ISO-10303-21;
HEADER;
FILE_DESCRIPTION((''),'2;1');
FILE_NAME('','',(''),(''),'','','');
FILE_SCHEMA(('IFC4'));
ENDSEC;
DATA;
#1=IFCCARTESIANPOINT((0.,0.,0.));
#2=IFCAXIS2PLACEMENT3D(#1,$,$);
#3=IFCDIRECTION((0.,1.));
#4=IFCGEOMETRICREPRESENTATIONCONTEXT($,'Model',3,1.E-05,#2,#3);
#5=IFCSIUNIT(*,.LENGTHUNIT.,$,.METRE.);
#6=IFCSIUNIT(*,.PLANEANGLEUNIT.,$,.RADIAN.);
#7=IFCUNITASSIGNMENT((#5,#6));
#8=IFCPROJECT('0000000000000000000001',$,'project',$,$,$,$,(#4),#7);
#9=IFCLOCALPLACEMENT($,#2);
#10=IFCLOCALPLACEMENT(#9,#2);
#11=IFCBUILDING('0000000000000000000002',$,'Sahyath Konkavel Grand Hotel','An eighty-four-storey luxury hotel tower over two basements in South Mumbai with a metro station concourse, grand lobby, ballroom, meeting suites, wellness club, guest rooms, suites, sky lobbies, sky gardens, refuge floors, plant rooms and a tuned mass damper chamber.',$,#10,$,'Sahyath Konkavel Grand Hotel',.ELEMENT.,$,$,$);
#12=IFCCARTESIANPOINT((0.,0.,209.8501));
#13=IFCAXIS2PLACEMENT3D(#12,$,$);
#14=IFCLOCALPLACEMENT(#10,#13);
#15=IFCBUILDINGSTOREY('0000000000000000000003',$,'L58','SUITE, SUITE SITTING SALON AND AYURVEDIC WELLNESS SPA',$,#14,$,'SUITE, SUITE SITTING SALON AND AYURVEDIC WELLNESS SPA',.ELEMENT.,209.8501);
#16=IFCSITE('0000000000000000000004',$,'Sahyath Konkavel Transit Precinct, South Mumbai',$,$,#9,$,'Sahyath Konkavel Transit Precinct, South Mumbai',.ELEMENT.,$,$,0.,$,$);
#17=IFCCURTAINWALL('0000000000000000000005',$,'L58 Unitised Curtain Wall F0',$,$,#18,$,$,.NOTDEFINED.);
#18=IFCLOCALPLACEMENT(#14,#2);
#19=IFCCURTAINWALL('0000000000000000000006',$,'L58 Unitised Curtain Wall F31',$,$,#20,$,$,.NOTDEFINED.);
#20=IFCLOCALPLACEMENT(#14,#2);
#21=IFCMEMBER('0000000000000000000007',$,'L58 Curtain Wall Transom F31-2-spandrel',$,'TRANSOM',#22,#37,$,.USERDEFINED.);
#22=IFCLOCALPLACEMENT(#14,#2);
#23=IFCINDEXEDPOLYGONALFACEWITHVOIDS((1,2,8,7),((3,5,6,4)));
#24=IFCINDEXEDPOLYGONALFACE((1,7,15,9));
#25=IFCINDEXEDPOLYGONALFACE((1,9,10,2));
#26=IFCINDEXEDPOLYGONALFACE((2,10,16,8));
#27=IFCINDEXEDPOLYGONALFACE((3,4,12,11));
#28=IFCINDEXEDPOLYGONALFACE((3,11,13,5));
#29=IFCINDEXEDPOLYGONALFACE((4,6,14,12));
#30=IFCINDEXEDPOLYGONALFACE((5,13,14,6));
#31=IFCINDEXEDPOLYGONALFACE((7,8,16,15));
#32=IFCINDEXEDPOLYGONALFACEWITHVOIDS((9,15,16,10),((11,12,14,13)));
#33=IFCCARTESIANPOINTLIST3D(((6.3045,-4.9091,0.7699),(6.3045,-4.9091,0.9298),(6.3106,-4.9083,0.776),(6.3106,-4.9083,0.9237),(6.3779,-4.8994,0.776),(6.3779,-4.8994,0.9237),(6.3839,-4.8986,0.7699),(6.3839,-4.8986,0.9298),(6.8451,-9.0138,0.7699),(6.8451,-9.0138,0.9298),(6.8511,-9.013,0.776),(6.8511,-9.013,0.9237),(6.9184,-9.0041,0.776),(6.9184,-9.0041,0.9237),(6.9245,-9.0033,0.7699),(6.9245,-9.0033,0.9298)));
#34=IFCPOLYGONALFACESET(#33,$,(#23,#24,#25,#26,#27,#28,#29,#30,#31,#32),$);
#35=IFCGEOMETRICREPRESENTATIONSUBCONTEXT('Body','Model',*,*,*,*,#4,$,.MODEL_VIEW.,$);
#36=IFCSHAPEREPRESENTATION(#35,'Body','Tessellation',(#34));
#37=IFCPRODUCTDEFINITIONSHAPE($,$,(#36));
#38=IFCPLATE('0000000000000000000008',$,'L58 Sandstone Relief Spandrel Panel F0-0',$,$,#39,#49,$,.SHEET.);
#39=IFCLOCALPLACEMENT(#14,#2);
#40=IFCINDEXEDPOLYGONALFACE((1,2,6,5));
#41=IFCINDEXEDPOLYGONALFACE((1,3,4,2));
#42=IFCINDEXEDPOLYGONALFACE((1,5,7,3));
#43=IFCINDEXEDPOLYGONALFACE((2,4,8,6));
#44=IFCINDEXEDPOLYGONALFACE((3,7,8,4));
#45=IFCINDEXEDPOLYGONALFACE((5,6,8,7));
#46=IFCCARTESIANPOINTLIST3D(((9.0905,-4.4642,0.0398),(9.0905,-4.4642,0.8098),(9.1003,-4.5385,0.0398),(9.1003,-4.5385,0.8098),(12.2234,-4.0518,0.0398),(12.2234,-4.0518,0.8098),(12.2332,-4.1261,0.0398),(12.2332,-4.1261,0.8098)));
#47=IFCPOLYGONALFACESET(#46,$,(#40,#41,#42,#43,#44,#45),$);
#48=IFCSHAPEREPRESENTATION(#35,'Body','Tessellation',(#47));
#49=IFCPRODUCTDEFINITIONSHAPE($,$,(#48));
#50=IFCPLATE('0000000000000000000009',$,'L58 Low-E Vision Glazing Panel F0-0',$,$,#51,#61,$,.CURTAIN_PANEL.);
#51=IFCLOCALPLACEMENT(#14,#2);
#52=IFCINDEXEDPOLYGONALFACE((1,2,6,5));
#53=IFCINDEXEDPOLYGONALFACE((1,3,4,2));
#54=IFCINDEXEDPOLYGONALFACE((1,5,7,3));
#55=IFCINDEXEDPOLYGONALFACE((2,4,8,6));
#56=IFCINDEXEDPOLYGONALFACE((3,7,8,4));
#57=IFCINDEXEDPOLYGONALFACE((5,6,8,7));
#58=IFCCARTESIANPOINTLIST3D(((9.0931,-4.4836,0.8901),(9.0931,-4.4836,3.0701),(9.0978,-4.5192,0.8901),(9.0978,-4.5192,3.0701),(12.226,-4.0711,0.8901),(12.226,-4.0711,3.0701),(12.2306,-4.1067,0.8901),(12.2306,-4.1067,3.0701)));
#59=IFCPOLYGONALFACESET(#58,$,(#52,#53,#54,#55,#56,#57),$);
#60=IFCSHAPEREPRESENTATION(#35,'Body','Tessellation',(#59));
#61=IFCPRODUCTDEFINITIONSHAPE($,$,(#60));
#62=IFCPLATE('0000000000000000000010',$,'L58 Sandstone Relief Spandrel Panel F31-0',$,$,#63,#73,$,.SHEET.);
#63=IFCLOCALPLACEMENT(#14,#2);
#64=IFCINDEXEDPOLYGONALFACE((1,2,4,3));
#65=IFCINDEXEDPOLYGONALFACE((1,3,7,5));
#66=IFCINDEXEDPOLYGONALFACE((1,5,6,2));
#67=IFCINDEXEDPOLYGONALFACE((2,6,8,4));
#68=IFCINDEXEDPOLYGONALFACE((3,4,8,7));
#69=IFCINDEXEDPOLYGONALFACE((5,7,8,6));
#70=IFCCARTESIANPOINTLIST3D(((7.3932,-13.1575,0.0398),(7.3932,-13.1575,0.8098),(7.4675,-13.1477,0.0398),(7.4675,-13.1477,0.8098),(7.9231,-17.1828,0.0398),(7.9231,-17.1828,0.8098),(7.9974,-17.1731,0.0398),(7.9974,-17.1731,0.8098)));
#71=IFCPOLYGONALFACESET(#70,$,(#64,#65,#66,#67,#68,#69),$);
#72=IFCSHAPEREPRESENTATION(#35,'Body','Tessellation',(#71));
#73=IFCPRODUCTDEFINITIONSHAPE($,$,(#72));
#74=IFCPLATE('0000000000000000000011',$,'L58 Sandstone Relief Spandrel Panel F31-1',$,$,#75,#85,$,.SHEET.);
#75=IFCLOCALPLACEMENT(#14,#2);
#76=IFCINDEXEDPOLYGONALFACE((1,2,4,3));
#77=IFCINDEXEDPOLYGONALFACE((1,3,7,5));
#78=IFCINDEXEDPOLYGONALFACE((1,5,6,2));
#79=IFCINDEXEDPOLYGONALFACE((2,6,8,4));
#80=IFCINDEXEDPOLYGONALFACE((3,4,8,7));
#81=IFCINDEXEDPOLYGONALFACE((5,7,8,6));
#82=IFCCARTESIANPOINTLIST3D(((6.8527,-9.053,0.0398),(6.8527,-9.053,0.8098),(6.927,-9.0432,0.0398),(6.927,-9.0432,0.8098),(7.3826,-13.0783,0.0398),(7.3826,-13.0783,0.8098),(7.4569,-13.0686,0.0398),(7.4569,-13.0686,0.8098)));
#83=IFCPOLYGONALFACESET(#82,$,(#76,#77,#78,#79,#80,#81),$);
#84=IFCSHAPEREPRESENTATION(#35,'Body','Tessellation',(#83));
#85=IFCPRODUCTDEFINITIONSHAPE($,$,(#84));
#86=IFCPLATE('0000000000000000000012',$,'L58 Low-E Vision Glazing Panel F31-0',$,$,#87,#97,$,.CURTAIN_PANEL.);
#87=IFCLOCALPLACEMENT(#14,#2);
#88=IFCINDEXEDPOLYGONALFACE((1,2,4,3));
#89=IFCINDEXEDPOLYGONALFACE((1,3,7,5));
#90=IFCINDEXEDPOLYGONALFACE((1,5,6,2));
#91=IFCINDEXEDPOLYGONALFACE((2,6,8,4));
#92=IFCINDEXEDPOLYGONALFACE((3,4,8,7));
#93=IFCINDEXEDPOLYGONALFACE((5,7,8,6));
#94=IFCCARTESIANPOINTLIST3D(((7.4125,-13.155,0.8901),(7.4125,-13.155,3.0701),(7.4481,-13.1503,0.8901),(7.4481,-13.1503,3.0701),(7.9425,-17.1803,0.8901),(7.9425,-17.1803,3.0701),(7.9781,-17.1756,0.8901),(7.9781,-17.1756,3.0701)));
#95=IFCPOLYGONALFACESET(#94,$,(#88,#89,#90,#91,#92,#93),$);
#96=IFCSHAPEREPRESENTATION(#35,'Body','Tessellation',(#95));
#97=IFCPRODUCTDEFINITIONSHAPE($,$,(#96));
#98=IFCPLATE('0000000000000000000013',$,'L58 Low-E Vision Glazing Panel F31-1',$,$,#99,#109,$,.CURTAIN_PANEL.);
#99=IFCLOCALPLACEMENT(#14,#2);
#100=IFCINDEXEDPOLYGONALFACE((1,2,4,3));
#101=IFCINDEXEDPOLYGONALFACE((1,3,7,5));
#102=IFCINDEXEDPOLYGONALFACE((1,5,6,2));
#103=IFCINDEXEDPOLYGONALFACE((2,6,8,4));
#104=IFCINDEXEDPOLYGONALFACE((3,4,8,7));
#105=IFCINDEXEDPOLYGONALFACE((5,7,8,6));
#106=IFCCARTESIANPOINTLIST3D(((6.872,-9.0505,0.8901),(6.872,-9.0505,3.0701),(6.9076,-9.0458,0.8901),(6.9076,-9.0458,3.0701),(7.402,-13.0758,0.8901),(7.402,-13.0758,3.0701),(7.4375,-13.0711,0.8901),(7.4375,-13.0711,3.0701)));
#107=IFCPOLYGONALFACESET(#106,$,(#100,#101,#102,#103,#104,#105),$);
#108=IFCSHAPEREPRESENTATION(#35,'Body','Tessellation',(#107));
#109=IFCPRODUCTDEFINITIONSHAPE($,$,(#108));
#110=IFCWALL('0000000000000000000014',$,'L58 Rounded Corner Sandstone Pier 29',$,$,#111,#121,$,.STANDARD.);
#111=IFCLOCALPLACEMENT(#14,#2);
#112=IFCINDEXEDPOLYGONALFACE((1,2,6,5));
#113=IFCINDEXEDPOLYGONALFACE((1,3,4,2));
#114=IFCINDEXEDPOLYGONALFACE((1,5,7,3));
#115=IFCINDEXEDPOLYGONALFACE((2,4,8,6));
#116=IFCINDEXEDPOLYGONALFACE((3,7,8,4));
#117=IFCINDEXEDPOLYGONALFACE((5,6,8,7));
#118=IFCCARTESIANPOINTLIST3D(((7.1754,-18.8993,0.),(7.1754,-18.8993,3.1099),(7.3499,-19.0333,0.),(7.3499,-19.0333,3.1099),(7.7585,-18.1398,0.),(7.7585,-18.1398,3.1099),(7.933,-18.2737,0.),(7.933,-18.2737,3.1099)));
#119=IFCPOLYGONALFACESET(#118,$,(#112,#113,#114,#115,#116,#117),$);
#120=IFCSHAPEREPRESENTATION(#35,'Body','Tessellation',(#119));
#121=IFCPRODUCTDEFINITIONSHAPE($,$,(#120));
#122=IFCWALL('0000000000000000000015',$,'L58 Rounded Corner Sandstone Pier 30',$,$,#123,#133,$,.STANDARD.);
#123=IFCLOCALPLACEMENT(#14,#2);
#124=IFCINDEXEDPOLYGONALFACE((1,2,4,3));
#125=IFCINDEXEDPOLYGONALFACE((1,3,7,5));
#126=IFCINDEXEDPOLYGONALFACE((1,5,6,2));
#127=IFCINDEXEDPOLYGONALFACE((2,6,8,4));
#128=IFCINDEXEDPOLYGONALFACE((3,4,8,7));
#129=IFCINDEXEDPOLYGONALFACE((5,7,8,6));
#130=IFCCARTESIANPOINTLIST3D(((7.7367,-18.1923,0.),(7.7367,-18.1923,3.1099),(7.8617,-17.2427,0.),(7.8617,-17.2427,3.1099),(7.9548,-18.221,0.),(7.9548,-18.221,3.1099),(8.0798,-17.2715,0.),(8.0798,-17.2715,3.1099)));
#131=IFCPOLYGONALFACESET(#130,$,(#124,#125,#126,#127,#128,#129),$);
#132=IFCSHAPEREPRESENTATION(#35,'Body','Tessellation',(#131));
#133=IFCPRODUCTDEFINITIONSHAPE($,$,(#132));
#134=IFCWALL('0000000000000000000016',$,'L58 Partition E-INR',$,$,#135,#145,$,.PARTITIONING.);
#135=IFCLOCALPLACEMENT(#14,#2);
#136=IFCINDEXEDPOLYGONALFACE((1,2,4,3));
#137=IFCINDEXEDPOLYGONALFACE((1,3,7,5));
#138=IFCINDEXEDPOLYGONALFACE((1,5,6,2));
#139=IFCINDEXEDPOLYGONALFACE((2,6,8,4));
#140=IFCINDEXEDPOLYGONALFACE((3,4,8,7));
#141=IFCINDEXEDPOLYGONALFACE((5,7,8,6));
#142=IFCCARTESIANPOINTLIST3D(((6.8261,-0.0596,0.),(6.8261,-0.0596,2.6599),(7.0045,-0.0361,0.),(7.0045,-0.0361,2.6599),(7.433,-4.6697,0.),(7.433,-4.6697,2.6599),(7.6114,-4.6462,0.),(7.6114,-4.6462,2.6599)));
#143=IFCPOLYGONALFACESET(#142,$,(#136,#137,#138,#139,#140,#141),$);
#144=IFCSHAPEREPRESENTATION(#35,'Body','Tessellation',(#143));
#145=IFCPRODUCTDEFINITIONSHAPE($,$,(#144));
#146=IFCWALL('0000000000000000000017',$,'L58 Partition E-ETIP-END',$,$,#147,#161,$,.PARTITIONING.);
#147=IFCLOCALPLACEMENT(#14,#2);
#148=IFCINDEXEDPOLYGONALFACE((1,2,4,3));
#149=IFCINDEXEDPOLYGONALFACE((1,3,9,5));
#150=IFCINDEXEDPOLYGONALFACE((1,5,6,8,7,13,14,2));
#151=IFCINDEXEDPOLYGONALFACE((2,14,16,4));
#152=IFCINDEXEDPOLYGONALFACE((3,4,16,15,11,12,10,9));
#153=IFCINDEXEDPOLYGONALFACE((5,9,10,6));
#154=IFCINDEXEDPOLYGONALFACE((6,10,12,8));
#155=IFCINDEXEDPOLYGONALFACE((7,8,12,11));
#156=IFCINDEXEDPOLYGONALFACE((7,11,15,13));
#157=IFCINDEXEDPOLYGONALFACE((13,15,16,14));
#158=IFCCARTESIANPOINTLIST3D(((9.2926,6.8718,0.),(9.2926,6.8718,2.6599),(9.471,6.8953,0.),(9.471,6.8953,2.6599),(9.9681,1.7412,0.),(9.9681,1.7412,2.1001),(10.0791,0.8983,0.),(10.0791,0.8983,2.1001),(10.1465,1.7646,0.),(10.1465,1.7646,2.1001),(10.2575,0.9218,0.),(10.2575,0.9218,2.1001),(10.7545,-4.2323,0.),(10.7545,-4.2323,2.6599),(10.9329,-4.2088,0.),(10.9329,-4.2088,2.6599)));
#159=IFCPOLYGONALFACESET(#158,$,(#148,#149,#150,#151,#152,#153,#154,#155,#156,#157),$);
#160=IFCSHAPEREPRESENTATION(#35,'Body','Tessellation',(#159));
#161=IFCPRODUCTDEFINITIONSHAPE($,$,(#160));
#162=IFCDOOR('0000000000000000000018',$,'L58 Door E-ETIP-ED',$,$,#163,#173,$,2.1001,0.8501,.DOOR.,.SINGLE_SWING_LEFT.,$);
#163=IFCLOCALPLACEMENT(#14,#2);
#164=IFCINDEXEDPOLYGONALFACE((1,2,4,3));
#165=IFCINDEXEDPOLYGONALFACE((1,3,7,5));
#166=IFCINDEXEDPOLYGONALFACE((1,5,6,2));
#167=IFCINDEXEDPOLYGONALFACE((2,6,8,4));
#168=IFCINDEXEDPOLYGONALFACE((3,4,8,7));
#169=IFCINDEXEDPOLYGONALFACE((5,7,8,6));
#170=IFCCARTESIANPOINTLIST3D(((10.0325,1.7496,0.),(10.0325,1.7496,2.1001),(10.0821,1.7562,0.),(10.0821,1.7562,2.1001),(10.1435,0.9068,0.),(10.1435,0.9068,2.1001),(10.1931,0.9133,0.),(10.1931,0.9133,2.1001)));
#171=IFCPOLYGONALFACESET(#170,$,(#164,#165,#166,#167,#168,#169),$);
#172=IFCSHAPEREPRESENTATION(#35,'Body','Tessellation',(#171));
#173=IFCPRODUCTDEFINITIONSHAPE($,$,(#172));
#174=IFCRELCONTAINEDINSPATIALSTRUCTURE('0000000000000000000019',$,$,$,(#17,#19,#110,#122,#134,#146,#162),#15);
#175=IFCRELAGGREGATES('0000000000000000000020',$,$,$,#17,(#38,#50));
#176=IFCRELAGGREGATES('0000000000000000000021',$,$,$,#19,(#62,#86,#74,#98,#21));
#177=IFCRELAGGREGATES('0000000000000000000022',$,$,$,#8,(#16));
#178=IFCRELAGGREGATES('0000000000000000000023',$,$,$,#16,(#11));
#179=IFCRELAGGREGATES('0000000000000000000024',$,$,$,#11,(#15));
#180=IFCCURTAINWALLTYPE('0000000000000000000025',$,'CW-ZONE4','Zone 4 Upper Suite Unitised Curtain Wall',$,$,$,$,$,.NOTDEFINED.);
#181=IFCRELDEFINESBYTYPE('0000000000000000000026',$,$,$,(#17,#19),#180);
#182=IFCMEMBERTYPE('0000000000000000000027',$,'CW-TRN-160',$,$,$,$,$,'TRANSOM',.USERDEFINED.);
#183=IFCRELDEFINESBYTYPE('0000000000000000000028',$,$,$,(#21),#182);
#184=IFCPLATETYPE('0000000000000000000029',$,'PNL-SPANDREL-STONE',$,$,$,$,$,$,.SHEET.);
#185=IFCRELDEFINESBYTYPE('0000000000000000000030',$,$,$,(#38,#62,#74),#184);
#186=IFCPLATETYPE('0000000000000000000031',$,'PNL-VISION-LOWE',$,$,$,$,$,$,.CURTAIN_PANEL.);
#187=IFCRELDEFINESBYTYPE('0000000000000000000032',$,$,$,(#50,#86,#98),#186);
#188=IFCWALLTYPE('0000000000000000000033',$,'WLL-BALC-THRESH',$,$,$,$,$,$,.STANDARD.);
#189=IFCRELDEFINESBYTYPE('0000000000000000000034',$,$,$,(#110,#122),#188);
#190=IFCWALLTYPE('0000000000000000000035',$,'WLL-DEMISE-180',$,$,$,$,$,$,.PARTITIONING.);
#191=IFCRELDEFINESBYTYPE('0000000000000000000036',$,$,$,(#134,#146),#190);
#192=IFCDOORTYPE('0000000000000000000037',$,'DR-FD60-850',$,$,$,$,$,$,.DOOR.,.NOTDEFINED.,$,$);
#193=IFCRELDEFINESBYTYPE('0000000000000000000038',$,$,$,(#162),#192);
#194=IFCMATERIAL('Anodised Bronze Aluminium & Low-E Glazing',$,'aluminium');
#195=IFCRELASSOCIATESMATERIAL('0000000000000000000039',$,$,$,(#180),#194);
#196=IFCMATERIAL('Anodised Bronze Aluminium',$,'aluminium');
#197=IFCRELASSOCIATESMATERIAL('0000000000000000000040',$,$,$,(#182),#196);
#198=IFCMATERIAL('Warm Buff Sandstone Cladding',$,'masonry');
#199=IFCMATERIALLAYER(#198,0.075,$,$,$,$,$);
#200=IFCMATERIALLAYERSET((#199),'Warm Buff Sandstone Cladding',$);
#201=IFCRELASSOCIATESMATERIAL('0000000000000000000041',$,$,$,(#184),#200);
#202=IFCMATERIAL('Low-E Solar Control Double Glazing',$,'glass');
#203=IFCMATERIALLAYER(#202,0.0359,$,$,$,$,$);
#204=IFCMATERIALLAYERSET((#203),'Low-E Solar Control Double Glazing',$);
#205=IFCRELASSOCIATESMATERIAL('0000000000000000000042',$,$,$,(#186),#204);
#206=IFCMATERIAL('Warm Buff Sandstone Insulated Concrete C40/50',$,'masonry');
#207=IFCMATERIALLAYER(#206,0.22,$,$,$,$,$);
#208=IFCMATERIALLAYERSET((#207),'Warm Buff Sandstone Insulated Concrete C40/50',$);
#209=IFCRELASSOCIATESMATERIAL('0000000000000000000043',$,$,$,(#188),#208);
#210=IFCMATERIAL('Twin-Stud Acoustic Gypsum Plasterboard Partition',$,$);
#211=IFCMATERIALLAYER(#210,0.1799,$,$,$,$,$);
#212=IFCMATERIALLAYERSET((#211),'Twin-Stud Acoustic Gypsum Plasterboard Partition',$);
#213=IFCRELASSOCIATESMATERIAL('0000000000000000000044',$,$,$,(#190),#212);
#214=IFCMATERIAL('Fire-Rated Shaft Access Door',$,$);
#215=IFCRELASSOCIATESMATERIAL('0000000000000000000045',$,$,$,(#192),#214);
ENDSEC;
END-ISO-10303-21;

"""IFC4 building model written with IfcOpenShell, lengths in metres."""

from ifc_helpers import new_model, si_unit, direction, frame, frame_2d, origin, origin_2d, place, context, subcontext, project, spatial, rectangle, hollow_rectangle, extrude, source, transform, mapped, material, layer, layer_set, material_profile, profile_set, type_object, element, fill, aggregate, save


model = new_model("IFC4")

# Units and contexts
model_context = context("Model", 3, precision=1e-05, world=origin(), true_north=direction((0.0, 1.0)))
body_context = subcontext(model_context, "Body", "Model", "MODEL_VIEW")
ifc_project = project(units=[si_unit("LENGTHUNIT", "METRE"), si_unit("PLANEANGLEUNIT", "RADIAN")], contexts=[model_context])

# Site, building, storey
site_placement = place(None, origin())
site = spatial("IfcSite", under=ifc_project, at=site_placement, Name="Sahyath Konkavel Transit Precinct, South Mumbai", LongName="Sahyath Konkavel Transit Precinct, South Mumbai", CompositionType="ELEMENT", RefElevation=0.0)
building_placement = place(site_placement, origin())
building = spatial("IfcBuilding", under=site, at=building_placement, Name="Sahyath Konkavel Grand Hotel", Description="An eighty-four-storey luxury hotel tower over two basements in South Mumbai with a metro station concourse, grand lobby, ballroom, meeting suites, wellness club, guest rooms, suites, sky lobbies, sky gardens, refuge floors, plant rooms and a tuned mass damper chamber.", LongName="Sahyath Konkavel Grand Hotel", CompositionType="ELEMENT")
storey_placement = place(building_placement, frame((0.0, 0.0, 209.8501)))
storey = spatial("IfcBuildingStorey", under=building, at=storey_placement, Name="L58", Description="SUITE, SUITE SITTING SALON AND AYURVEDIC WELLNESS SPA", LongName="SUITE, SUITE SITTING SALON AND AYURVEDIC WELLNESS SPA", CompositionType="ELEMENT", Elevation=209.8501)

# Curtain wall
ifc_material_1 = material(Name="Anodised Bronze Aluminium & Low-E Glazing", Category="aluminium")
curtain_wall_type = type_object("IfcCurtainWallType", Name="CW-ZONE4", Description="Zone 4 Upper Suite Unitised Curtain Wall", PredefinedType="NOTDEFINED", material=ifc_material_1)
curtain_wall_1_placement = place(storey_placement, origin())
curtain_wall_1 = element("IfcCurtainWall", 1, at=curtain_wall_1_placement, inside=storey, type_object=curtain_wall_type, Name="L58 Unitised Curtain Wall F0", PredefinedType="NOTDEFINED")
ifc_material_2 = material(Name="Anodised Bronze Aluminium", Category="aluminium")

# Curtain wall
curtain_wall_2_placement = place(storey_placement, origin())
curtain_wall_2 = element("IfcCurtainWall", 2, at=curtain_wall_2_placement, inside=storey, type_object=curtain_wall_type, Name="L58 Unitised Curtain Wall F31", PredefinedType="NOTDEFINED")

# Member
ifc_material_profile_1 = material_profile(ifc_material_2, hollow_rectangle(XDim=0.0801, YDim=0.1599, WallThickness=0.0061, at=origin_2d()), Name="RHS 160x80x6")
ifc_profile_set_1 = profile_set([ifc_material_profile_1], Name="Anodised Bronze Aluminium")
member_type_1 = type_object("IfcMemberType", Name="CW-TRN-160", ElementType="TRANSOM", PredefinedType="USERDEFINED", material=ifc_profile_set_1)
shared_shape_1 = source(origin(), body_context, "Body", "SweptSolid", [
    extrude(hollow_rectangle(XDim=0.0801, YDim=0.1599, WallThickness=0.0061, at=origin_2d()), origin(), (0.0, 0.0, 1.0), 4.1401),
])
member_1_placement = place(storey_placement, frame((6.8848, -9.0085, 0.8499), z_axis=(-0.130557, 0.991441, 0.0), x_axis=(-0.991441, -0.130557, 0.0)))
member_1 = element("IfcMember", 3, at=member_1_placement, type_object=member_type_1, Name="L58 Curtain Wall Transom F31-2-spandrel", ObjectType="TRANSOM", PredefinedType="USERDEFINED", context=body_context, shape_type="MappedRepresentation", body=[
    mapped(shared_shape_1, transform((0.0, 0.0, 0.0), scale=1.0)),
])

# Plates
ifc_material_3 = material(Name="Warm Buff Sandstone Cladding", Category="masonry")
ifc_layer_1 = layer(ifc_material_3, 0.075)
ifc_layer_set_1 = layer_set([ifc_layer_1], Name="Warm Buff Sandstone Cladding")
plate_type_1 = type_object("IfcPlateType", Name="PNL-SPANDREL-STONE", PredefinedType="SHEET", material=ifc_layer_set_1)
shared_shape_2 = source(origin(), body_context, "Body", "SweptSolid", [
    extrude(rectangle(XDim=3.1599, YDim=0.075, at=origin_2d()), origin(), (0.0, 0.0, 1.0), 0.77),
])
plate_1_placement = place(storey_placement, frame((10.6619, -4.2952, 0.0398), z_axis=(0.0, 0.0, 1.0), x_axis=(0.991445, 0.130526, 0.0)))
plate_1 = element("IfcPlate", 4, at=plate_1_placement, type_object=plate_type_1, Name="L58 Sandstone Relief Spandrel Panel F0-0", PredefinedType="SHEET", context=body_context, shape_type="MappedRepresentation", body=[
    mapped(shared_shape_2, transform((0.0, 0.0, 0.0), scale=1.0)),
])
ifc_material_4 = material(Name="Low-E Solar Control Double Glazing", Category="glass")
ifc_layer_2 = layer(ifc_material_4, 0.0359)
ifc_layer_set_2 = layer_set([ifc_layer_2], Name="Low-E Solar Control Double Glazing")
plate_type_2 = type_object("IfcPlateType", Name="PNL-VISION-LOWE", PredefinedType="CURTAIN_PANEL", material=ifc_layer_set_2)
shared_shape_3 = source(origin(), body_context, "Body", "SweptSolid", [
    extrude(rectangle(XDim=3.1599, YDim=0.0359, at=origin_2d()), origin(), (0.0, 0.0, 1.0), 2.1799),
])
plate_2_placement = place(storey_placement, frame((10.6619, -4.2952, 0.8901), z_axis=(0.0, 0.0, 1.0), x_axis=(0.991445, 0.130526, 0.0)))
plate_2 = element("IfcPlate", 5, at=plate_2_placement, type_object=plate_type_2, Name="L58 Low-E Vision Glazing Panel F0-0", PredefinedType="CURTAIN_PANEL", context=body_context, shape_type="MappedRepresentation", body=[
    mapped(shared_shape_3, transform((0.0, 0.0, 0.0), scale=1.0)),
])
aggregate(curtain_wall_1, [plate_1, plate_2])
shared_shape_4 = source(origin(), body_context, "Body", "SweptSolid", [
    extrude(rectangle(XDim=4.0601, YDim=0.075, at=origin_2d()), origin(), (0.0, 0.0, 1.0), 0.77),
])
plate_3_placement = place(storey_placement, frame((7.6953, -15.1653, 0.0398), z_axis=(0.0, 0.0, 1.0), x_axis=(-0.130526, 0.991445, 0.0)))
plate_3 = element("IfcPlate", 6, at=plate_3_placement, type_object=plate_type_1, Name="L58 Sandstone Relief Spandrel Panel F31-0", PredefinedType="SHEET", context=body_context, shape_type="MappedRepresentation", body=[
    mapped(shared_shape_4, transform((0.0, 0.0, 0.0), scale=1.0)),
])
plate_4_placement = place(storey_placement, frame((7.1548, -11.0608, 0.0398), z_axis=(0.0, 0.0, 1.0), x_axis=(-0.130526, 0.991445, 0.0)))
plate_4 = element("IfcPlate", 7, at=plate_4_placement, type_object=plate_type_1, Name="L58 Sandstone Relief Spandrel Panel F31-1", PredefinedType="SHEET", context=body_context, shape_type="MappedRepresentation", body=[
    mapped(shared_shape_4, transform((0.0, 0.0, 0.0), scale=1.0)),
])
shared_shape_5 = source(origin(), body_context, "Body", "SweptSolid", [
    extrude(rectangle(XDim=4.0601, YDim=0.0359, at=origin_2d()), origin(), (0.0, 0.0, 1.0), 2.1799),
])
plate_5_placement = place(storey_placement, frame((7.6953, -15.1653, 0.8901), z_axis=(0.0, 0.0, 1.0), x_axis=(-0.130526, 0.991445, 0.0)))
plate_5 = element("IfcPlate", 8, at=plate_5_placement, type_object=plate_type_2, Name="L58 Low-E Vision Glazing Panel F31-0", PredefinedType="CURTAIN_PANEL", context=body_context, shape_type="MappedRepresentation", body=[
    mapped(shared_shape_5, transform((0.0, 0.0, 0.0), scale=1.0)),
])
plate_6_placement = place(storey_placement, frame((7.1548, -11.0608, 0.8901), z_axis=(0.0, 0.0, 1.0), x_axis=(-0.130526, 0.991445, 0.0)))
plate_6 = element("IfcPlate", 9, at=plate_6_placement, type_object=plate_type_2, Name="L58 Low-E Vision Glazing Panel F31-1", PredefinedType="CURTAIN_PANEL", context=body_context, shape_type="MappedRepresentation", body=[
    mapped(shared_shape_5, transform((0.0, 0.0, 0.0), scale=1.0)),
])
aggregate(curtain_wall_2, [plate_3, plate_5, plate_4, plate_6, member_1])

# Walls
ifc_material_5 = material(Name="Warm Buff Sandstone Insulated Concrete C40/50", Category="masonry")
ifc_layer_3 = layer(ifc_material_5, 0.22)
ifc_layer_set_3 = layer_set([ifc_layer_3], Name="Warm Buff Sandstone Insulated Concrete C40/50")
wall_type_1 = type_object("IfcWallType", Name="WLL-BALC-THRESH", PredefinedType="STANDARD", material=ifc_layer_set_3)
wall_1_placement = place(storey_placement, frame((7.2627, -18.9663, 0.0), z_axis=(0.0, 0.0, 1.0), x_axis=(0.608897, 0.793249, 0.0)))
element("IfcWall", 10, at=wall_1_placement, inside=storey, type_object=wall_type_1, Name="L58 Rounded Corner Sandstone Pier 29", PredefinedType="STANDARD", context=body_context, shape_type="SweptSolid", body=[
    extrude(rectangle(XDim=0.9575, YDim=0.22, at=frame_2d((0.4788, 0.0))), origin(), (0.0, 0.0, 1.0), 3.1099),
])
wall_2_placement = place(storey_placement, frame((7.8457, -18.2068, 0.0), z_axis=(0.0, 0.0, 1.0), x_axis=(0.130527, 0.991445, 0.0)))
element("IfcWall", 11, at=wall_2_placement, inside=storey, type_object=wall_type_1, Name="L58 Rounded Corner Sandstone Pier 30", PredefinedType="STANDARD", context=body_context, shape_type="SweptSolid", body=[
    extrude(rectangle(XDim=0.9578, YDim=0.22, at=frame_2d((0.479, 0.0))), origin(), (0.0, 0.0, 1.0), 3.1099),
])
ifc_material_6 = material(Name="Twin-Stud Acoustic Gypsum Plasterboard Partition")
ifc_layer_4 = layer(ifc_material_6, 0.1799)
ifc_layer_set_4 = layer_set([ifc_layer_4], Name="Twin-Stud Acoustic Gypsum Plasterboard Partition")
wall_type_2 = type_object("IfcWallType", Name="WLL-DEMISE-180", PredefinedType="PARTITIONING", material=ifc_layer_set_4)
wall_3_placement = place(storey_placement, frame((7.5222, -4.658, 0.0), z_axis=(0.0, 0.0, 1.0), x_axis=(-0.130526, 0.991445, 0.0)))
element("IfcWall", 12, at=wall_3_placement, inside=storey, type_object=wall_type_2, Name="L58 Partition E-INR", PredefinedType="PARTITIONING", context=body_context, shape_type="SweptSolid", body=[
    extrude(rectangle(XDim=4.6499, YDim=0.1799, at=frame_2d((2.325, 0.0))), origin(), (0.0, 0.0, 1.0), 2.6599),
])

# Wall, opening, door
wall_4_placement = place(storey_placement, frame((10.8438, -4.2207, 0.0), z_axis=(0.0, 0.0, 1.0), x_axis=(-0.130527, 0.991445, 0.0)))
wall_4 = element("IfcWall", 13, at=wall_4_placement, inside=storey, type_object=wall_type_2, Name="L58 Partition E-ETIP-END", PredefinedType="PARTITIONING", context=body_context, shape_type="SweptSolid", body=[
    extrude(rectangle(XDim=11.2, YDim=0.1799, at=frame_2d((5.6001, 0.0))), origin(), (0.0, 0.0, 1.0), 2.6599),
])
opening_placement = place(wall_4_placement, frame((5.175, 0.0, 0.0)))
opening = element("IfcOpeningElement", 14, at=opening_placement, cuts=wall_4, PredefinedType="OPENING", context=body_context, shape_type="SweptSolid", body=[
    extrude(rectangle(XDim=0.8501, YDim=2.1001, at=frame_2d((0.425, 1.05))), frame((0.0, 0.1001, 0.0), z_axis=(0.0, -1.0, 0.0), x_axis=(1.0, 0.0, 0.0)), (0.0, 0.0, 1.0), 0.2),
])
ifc_material_7 = material(Name="Fire-Rated Shaft Access Door")
door_type = type_object("IfcDoorType", Name="DR-FD60-850", OperationType="NOTDEFINED", PredefinedType="DOOR", material=ifc_material_7)
shared_shape_6 = source(origin(), body_context, "Body", "SweptSolid", [
    extrude(rectangle(XDim=0.8501, YDim=0.05, at=origin_2d()), origin(), (0.0, 0.0, 1.0), 2.1001),
])
door_placement = place(opening_placement, frame((0.425, 0.0, 0.0)))
door = element("IfcDoor", 15, at=door_placement, inside=storey, type_object=door_type, Name="L58 Door E-ETIP-ED", OperationType="SINGLE_SWING_LEFT", OverallHeight=2.1001, OverallWidth=0.8501, PredefinedType="DOOR", context=body_context, shape_type="MappedRepresentation", body=[
    mapped(shared_shape_6, transform((0.0, 0.0, 0.0), scale=1.0)),
])
fill(opening, door)

save(model, "model.ifc")
